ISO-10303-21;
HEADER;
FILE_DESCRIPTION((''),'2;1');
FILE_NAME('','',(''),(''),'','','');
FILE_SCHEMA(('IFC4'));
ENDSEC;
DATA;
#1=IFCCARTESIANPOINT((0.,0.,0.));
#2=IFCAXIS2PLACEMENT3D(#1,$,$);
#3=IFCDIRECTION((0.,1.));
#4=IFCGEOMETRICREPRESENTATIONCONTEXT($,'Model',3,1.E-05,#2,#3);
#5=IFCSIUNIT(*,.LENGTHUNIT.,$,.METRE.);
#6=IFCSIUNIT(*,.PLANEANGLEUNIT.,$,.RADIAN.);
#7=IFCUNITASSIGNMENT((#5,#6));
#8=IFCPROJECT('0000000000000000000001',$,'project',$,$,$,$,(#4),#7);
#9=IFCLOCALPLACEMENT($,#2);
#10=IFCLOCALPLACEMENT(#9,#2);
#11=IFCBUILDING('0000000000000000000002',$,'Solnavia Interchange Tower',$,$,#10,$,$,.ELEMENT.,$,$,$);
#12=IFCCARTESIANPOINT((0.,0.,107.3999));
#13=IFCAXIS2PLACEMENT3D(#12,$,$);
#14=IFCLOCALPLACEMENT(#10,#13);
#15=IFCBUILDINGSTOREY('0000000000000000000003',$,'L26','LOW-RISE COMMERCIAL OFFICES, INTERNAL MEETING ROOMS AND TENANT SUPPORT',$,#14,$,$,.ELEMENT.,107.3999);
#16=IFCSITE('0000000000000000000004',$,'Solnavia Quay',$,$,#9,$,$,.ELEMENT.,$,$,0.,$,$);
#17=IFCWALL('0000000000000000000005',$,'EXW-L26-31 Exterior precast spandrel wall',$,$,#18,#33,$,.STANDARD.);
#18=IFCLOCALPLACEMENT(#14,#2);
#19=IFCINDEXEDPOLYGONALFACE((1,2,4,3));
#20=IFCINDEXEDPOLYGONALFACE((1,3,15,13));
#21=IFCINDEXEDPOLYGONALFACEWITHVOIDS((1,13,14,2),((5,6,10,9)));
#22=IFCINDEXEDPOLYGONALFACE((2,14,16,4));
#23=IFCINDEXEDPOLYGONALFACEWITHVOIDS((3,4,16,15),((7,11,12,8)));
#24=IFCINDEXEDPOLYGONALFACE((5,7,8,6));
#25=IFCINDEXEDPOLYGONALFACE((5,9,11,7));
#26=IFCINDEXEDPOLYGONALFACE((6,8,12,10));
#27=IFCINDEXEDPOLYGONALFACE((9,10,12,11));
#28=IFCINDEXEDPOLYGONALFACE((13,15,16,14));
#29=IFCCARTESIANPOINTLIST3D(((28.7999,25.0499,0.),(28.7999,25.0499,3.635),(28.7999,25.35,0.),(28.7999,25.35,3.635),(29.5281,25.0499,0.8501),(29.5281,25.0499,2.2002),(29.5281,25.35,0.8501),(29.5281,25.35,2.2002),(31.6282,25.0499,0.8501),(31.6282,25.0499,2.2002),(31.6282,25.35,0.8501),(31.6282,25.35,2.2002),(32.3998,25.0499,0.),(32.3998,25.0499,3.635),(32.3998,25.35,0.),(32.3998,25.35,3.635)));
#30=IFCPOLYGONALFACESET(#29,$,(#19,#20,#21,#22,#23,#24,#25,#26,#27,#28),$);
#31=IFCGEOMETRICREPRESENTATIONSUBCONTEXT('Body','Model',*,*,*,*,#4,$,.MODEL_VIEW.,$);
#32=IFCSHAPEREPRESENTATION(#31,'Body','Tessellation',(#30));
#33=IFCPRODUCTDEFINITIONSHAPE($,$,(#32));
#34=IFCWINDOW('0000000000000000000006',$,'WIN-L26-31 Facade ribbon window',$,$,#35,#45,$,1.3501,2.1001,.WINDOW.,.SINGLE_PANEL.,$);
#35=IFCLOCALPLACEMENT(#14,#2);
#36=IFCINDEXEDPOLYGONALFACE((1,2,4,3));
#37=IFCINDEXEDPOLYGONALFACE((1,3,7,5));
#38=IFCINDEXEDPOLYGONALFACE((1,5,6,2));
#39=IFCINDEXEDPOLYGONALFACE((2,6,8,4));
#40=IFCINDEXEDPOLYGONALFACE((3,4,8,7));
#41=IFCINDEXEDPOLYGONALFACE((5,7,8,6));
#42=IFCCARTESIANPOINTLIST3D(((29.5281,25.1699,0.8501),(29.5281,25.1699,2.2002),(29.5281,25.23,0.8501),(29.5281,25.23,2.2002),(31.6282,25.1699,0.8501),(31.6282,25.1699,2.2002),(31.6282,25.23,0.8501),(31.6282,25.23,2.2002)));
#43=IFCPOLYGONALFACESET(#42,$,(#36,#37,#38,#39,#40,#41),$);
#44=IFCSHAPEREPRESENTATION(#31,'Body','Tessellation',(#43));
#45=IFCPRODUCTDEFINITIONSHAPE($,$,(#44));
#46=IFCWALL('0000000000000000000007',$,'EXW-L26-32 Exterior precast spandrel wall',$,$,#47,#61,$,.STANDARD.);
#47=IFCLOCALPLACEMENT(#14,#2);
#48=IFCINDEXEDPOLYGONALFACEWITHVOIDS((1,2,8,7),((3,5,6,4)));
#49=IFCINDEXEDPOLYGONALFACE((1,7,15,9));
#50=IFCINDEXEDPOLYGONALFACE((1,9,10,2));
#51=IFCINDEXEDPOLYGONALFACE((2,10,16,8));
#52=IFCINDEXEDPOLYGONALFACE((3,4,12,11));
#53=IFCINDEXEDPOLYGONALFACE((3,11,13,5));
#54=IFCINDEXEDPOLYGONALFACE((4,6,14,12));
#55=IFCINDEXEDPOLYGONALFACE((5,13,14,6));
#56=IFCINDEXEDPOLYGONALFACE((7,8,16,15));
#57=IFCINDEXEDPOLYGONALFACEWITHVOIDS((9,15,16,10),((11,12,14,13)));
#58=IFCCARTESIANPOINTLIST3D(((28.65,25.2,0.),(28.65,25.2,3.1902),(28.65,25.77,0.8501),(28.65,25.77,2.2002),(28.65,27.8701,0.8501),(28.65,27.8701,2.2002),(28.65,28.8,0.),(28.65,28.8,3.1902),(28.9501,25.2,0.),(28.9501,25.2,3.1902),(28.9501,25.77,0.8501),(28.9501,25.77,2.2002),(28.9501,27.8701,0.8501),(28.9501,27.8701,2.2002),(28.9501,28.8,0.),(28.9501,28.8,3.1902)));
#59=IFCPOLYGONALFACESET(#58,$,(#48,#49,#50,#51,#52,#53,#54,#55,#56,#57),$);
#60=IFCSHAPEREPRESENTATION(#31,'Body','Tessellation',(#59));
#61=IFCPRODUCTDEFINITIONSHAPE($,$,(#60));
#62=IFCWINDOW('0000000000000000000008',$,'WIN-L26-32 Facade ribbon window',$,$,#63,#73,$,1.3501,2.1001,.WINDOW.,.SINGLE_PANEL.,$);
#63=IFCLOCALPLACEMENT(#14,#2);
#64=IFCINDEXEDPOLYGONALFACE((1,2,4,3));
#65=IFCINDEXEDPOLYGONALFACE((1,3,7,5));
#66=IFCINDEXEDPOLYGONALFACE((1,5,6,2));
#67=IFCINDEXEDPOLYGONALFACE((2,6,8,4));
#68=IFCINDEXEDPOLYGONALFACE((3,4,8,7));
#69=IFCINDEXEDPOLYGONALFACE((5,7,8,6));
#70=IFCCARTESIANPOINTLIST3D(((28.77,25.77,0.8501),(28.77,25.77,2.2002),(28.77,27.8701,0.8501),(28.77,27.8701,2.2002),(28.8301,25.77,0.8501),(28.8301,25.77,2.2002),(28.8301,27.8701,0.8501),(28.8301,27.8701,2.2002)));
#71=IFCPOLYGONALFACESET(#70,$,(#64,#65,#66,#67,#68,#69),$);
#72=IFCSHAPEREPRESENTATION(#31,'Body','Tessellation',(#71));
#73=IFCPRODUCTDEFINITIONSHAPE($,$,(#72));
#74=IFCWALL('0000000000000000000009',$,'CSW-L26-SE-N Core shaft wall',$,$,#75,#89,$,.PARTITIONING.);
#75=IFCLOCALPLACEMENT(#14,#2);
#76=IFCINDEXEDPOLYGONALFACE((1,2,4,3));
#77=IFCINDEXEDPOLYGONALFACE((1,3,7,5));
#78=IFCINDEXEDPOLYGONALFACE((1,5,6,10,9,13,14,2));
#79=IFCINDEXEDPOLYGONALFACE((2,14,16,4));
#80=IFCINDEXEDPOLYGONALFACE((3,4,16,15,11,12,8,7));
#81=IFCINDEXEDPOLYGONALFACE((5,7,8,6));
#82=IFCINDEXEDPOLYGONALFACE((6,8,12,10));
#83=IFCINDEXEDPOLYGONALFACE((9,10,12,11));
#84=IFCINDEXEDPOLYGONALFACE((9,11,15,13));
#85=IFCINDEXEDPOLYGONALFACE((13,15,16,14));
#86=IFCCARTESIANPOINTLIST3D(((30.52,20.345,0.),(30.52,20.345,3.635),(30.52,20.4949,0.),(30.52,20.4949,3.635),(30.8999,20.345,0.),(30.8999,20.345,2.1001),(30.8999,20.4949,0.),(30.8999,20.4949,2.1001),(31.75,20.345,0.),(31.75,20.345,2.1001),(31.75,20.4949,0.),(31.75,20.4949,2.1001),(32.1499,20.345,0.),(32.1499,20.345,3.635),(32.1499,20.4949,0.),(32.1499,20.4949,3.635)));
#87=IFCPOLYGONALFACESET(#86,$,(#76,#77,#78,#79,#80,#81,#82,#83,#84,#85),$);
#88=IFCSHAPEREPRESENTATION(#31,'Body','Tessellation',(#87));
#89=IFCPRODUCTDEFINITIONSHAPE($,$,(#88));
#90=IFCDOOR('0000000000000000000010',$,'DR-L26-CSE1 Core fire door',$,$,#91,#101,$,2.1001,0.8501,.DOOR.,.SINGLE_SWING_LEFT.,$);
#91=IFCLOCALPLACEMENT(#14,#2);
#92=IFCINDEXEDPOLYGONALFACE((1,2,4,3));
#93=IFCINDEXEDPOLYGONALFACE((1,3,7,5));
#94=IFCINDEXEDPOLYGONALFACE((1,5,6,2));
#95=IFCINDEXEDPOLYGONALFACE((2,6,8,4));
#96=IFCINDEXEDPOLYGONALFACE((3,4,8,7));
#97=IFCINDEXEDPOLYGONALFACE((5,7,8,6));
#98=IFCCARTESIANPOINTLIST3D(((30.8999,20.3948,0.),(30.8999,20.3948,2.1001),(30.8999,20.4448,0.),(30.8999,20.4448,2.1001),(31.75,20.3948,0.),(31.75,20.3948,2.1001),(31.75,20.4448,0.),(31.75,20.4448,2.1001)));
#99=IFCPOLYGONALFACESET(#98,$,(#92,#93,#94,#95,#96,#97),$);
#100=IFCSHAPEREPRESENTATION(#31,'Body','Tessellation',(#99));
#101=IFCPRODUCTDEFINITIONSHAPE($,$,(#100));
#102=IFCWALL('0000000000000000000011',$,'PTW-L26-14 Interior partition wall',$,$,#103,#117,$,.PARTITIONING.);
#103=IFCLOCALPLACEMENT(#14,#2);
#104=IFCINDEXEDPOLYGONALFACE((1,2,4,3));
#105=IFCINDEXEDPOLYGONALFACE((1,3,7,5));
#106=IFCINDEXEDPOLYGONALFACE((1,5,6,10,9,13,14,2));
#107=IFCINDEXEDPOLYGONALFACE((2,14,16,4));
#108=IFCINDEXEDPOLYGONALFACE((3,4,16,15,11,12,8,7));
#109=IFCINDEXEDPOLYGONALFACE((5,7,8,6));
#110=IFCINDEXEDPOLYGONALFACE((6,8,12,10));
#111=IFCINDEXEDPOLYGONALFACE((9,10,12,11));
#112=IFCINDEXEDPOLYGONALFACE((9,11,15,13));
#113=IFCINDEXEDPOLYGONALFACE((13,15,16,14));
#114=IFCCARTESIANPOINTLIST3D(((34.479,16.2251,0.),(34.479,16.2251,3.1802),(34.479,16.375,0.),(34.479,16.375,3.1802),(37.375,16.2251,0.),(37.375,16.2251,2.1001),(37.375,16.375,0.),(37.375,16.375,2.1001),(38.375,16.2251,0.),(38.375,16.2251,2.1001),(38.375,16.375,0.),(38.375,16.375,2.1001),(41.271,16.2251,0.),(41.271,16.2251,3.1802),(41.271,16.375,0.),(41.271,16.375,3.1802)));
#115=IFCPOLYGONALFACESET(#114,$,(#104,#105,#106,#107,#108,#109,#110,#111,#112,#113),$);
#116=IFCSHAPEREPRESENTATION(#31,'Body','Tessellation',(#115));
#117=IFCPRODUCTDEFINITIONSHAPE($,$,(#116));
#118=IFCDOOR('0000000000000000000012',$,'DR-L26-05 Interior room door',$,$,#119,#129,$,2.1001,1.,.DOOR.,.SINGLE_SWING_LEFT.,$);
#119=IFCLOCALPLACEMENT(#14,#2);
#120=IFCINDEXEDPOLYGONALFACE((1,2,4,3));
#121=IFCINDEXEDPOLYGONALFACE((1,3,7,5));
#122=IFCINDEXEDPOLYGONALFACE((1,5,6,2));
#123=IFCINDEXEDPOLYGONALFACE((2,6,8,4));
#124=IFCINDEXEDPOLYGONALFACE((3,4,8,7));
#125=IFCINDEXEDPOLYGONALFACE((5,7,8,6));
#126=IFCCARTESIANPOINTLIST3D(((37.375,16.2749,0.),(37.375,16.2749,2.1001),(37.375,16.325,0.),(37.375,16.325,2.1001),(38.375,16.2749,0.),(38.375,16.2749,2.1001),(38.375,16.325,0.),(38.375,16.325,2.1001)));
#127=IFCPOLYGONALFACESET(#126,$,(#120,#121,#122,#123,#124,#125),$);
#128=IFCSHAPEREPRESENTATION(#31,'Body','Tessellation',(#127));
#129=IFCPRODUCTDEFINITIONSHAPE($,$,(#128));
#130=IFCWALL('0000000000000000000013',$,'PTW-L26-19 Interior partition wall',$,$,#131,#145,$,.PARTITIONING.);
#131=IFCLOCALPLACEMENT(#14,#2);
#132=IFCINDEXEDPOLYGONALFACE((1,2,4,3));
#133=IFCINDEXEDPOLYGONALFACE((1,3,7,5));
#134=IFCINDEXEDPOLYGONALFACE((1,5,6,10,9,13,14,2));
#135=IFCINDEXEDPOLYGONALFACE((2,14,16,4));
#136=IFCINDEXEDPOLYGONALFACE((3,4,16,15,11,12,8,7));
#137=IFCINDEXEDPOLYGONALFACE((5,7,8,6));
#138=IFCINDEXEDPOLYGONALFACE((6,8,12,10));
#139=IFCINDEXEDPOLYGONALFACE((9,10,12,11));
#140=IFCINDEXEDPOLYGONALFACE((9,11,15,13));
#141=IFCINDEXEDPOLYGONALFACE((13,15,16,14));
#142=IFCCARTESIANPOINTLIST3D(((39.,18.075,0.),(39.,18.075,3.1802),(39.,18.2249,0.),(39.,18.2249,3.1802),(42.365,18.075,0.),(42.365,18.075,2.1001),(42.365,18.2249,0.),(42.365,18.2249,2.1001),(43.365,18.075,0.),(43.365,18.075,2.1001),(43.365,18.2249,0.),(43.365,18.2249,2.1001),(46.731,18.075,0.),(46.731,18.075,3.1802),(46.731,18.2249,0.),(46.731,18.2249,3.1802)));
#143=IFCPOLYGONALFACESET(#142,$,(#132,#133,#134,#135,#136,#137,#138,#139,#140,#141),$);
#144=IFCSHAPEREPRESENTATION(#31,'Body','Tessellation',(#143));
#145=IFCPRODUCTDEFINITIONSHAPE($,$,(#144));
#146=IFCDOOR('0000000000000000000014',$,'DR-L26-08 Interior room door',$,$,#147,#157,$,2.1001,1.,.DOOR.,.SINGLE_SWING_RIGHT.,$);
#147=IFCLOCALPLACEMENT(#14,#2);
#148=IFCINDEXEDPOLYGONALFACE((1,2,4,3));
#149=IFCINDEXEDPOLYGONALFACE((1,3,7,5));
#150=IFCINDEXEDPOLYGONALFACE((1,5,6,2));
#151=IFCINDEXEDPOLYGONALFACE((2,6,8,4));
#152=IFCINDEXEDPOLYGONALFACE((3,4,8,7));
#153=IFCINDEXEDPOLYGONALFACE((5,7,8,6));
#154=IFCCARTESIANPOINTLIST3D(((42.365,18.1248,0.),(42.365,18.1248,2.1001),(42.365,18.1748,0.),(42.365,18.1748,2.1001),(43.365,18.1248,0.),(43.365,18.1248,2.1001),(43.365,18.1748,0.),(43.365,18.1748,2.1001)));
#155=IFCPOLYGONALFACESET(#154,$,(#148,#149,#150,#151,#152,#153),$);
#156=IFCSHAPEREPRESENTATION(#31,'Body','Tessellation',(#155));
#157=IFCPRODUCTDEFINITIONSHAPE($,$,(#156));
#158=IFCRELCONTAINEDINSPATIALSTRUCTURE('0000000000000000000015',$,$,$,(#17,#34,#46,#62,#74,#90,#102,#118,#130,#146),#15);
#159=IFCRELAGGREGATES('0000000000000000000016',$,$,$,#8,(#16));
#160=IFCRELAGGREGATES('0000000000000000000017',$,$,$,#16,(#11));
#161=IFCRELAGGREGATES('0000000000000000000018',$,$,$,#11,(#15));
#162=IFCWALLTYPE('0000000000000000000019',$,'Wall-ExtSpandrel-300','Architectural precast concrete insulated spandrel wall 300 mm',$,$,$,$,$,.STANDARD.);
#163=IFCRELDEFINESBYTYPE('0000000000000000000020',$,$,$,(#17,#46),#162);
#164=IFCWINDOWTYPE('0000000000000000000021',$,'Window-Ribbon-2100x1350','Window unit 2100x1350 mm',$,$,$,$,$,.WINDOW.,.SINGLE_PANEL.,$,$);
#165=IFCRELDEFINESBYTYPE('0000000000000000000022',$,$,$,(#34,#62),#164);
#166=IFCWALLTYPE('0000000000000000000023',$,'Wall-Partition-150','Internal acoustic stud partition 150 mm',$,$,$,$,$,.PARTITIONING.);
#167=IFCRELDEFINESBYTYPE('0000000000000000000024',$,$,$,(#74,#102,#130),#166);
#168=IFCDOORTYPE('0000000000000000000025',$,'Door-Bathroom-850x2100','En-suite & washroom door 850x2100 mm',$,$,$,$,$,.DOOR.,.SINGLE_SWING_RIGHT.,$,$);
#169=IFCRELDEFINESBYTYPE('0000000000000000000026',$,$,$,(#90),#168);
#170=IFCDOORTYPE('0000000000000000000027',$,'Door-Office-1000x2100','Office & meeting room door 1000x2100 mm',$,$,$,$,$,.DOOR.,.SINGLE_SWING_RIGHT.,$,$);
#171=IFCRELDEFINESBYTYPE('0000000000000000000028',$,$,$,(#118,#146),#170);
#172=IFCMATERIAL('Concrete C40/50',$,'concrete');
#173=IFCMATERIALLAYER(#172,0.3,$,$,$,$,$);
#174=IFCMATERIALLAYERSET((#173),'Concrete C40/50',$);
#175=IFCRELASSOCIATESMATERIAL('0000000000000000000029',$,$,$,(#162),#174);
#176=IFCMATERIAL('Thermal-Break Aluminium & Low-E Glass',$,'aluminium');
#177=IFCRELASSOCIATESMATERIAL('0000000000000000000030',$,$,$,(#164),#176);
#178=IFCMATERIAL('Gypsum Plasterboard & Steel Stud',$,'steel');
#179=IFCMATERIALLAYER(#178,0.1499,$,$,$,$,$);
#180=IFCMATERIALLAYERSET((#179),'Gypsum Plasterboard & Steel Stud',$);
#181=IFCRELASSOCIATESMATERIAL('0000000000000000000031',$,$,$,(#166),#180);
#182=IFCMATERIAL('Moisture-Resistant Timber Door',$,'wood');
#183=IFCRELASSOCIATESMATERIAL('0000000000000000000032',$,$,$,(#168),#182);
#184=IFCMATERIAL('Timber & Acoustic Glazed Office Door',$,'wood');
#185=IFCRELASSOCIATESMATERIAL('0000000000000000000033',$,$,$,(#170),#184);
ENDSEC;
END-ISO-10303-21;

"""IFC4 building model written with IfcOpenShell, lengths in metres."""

from ifc_helpers import new_model, si_unit, direction, frame, frame_2d, origin, place, context, subcontext, project, spatial, rectangle, extrude, material, layer, layer_set, type_object, element, fill, save


model = new_model("IFC4")

# Units and contexts
model_context = context("Model", 3, precision=1e-05, world=origin(), true_north=direction((0.0, 1.0)))
body_context = subcontext(model_context, "Body", "Model", "MODEL_VIEW")
ifc_project = project(units=[si_unit("LENGTHUNIT", "METRE"), si_unit("PLANEANGLEUNIT", "RADIAN")], contexts=[model_context])

# Site, building, storey
site_placement = place(None, origin())
site = spatial("IfcSite", under=ifc_project, at=site_placement, Name="Solnavia Quay", CompositionType="ELEMENT", RefElevation=0.0)
building_placement = place(site_placement, origin())
building = spatial("IfcBuilding", under=site, at=building_placement, Name="Solnavia Interchange Tower", CompositionType="ELEMENT")
storey_placement = place(building_placement, frame((0.0, 0.0, 107.3999)))
storey = spatial("IfcBuildingStorey", under=building, at=storey_placement, Name="L26", Description="LOW-RISE COMMERCIAL OFFICES, INTERNAL MEETING ROOMS AND TENANT SUPPORT", CompositionType="ELEMENT", Elevation=107.3999)

# Walls, openings, windows
ifc_material_1 = material(Name="Concrete C40/50", Category="concrete")
ifc_layer_1 = layer(ifc_material_1, 0.3)
ifc_layer_set_1 = layer_set([ifc_layer_1], Name="Concrete C40/50")
wall_type_1 = type_object("IfcWallType", Name="Wall-ExtSpandrel-300", Description="Architectural precast concrete insulated spandrel wall 300 mm", PredefinedType="STANDARD", material=ifc_layer_set_1)
wall_1_placement = place(storey_placement, frame((28.8, 25.2, 0.0), z_axis=(0.0, 0.0, 1.0), x_axis=(1.0, 0.0, 0.0)))
wall_1 = element("IfcWall", 1, at=wall_1_placement, inside=storey, type_object=wall_type_1, Name="EXW-L26-31 Exterior precast spandrel wall", PredefinedType="STANDARD", context=body_context, shape_type="SweptSolid", body=[
    extrude(rectangle(XDim=3.5999, YDim=0.3, at=frame_2d((1.7998, 0.0))), origin(), (0.0, 0.0, 1.0), 3.635),
])
opening_1_placement = place(wall_1_placement, frame((0.728, 0.0, 0.8501)))
opening_1 = element("IfcOpeningElement", 2, at=opening_1_placement, cuts=wall_1, PredefinedType="OPENING", context=body_context, shape_type="SweptSolid", body=[
    extrude(rectangle(XDim=2.1001, YDim=1.3501, at=frame_2d((1.05, 0.675))), frame((0.0, 0.1602, 0.0), z_axis=(0.0, -1.0, 0.0), x_axis=(1.0, 0.0, 0.0)), (0.0, 0.0, 1.0), 0.3201),
])
ifc_material_2 = material(Name="Thermal-Break Aluminium & Low-E Glass", Category="aluminium")
window_type = type_object("IfcWindowType", Name="Window-Ribbon-2100x1350", Description="Window unit 2100x1350 mm", PartitioningType="SINGLE_PANEL", PredefinedType="WINDOW", material=ifc_material_2)
window_1_placement = place(opening_1_placement, origin())
window_1 = element("IfcWindow", 3, at=window_1_placement, inside=storey, type_object=window_type, Name="WIN-L26-31 Facade ribbon window", OverallHeight=1.3501, OverallWidth=2.1001, PartitioningType="SINGLE_PANEL", PredefinedType="WINDOW", context=body_context, shape_type="SweptSolid", body=[
    extrude(rectangle(XDim=2.1001, YDim=1.3501, at=frame_2d((1.05, 0.675))), frame((0.0, 0.03, 0.0), z_axis=(0.0, -1.0, 0.0), x_axis=(1.0, 0.0, 0.0)), (0.0, 0.0, 1.0), 0.0601),
])
fill(opening_1, window_1)
wall_2_placement = place(storey_placement, frame((28.8, 25.2, 0.0), z_axis=(0.0, 0.0, 1.0), x_axis=(0.0, 1.0, 0.0)))
wall_2 = element("IfcWall", 4, at=wall_2_placement, inside=storey, type_object=wall_type_1, Name="EXW-L26-32 Exterior precast spandrel wall", PredefinedType="STANDARD", context=body_context, shape_type="SweptSolid", body=[
    extrude(rectangle(XDim=3.6001, YDim=0.3, at=frame_2d((1.8, 0.0))), origin(), (0.0, 0.0, 1.0), 3.1902),
])
opening_2_placement = place(wall_2_placement, frame((0.5701, 0.0, 0.8501)))
opening_2 = element("IfcOpeningElement", 5, at=opening_2_placement, cuts=wall_2, PredefinedType="OPENING", context=body_context, shape_type="SweptSolid", body=[
    extrude(rectangle(XDim=2.1001, YDim=1.3501, at=frame_2d((1.05, 0.675))), frame((0.0, 0.1602, 0.0), z_axis=(0.0, -1.0, 0.0), x_axis=(1.0, 0.0, 0.0)), (0.0, 0.0, 1.0), 0.3201),
])
window_2_placement = place(opening_2_placement, origin())
window_2 = element("IfcWindow", 6, at=window_2_placement, inside=storey, type_object=window_type, Name="WIN-L26-32 Facade ribbon window", OverallHeight=1.3501, OverallWidth=2.1001, PartitioningType="SINGLE_PANEL", PredefinedType="WINDOW", context=body_context, shape_type="SweptSolid", body=[
    extrude(rectangle(XDim=2.1001, YDim=1.3501, at=frame_2d((1.05, 0.675))), frame((0.0, 0.03, 0.0), z_axis=(0.0, -1.0, 0.0), x_axis=(1.0, 0.0, 0.0)), (0.0, 0.0, 1.0), 0.0601),
])
fill(opening_2, window_2)

# Walls, openings, doors
ifc_material_3 = material(Name="Gypsum Plasterboard & Steel Stud", Category="steel")
ifc_layer_2 = layer(ifc_material_3, 0.1499)
ifc_layer_set_2 = layer_set([ifc_layer_2], Name="Gypsum Plasterboard & Steel Stud")
wall_type_2 = type_object("IfcWallType", Name="Wall-Partition-150", Description="Internal acoustic stud partition 150 mm", PredefinedType="PARTITIONING", material=ifc_layer_set_2)
wall_3_placement = place(storey_placement, frame((30.52, 20.4199, 0.0), z_axis=(0.0, 0.0, 1.0), x_axis=(1.0, 0.0, 0.0)))
wall_3 = element("IfcWall", 7, at=wall_3_placement, inside=storey, type_object=wall_type_2, Name="CSW-L26-SE-N Core shaft wall", PredefinedType="PARTITIONING", context=body_context, shape_type="SweptSolid", body=[
    extrude(rectangle(XDim=1.6299, YDim=0.1499, at=frame_2d((0.8149, 0.0))), origin(), (0.0, 0.0, 1.0), 3.635),
])
opening_3_placement = place(wall_3_placement, frame((0.3799, 0.0, 0.0)))
opening_3 = element("IfcOpeningElement", 8, at=opening_3_placement, cuts=wall_3, PredefinedType="OPENING", context=body_context, shape_type="SweptSolid", body=[
    extrude(rectangle(XDim=0.8501, YDim=2.1001, at=frame_2d((0.425, 1.05))), frame((0.0, 0.085, 0.0), z_axis=(0.0, -1.0, 0.0), x_axis=(1.0, 0.0, 0.0)), (0.0, 0.0, 1.0), 0.1699),
])
ifc_material_4 = material(Name="Moisture-Resistant Timber Door", Category="wood")
door_type_1 = type_object("IfcDoorType", Name="Door-Bathroom-850x2100", Description="En-suite & washroom door 850x2100 mm", OperationType="SINGLE_SWING_RIGHT", PredefinedType="DOOR", material=ifc_material_4)
door_1_placement = place(opening_3_placement, origin())
door_1 = element("IfcDoor", 9, at=door_1_placement, inside=storey, type_object=door_type_1, Name="DR-L26-CSE1 Core fire door", OperationType="SINGLE_SWING_LEFT", OverallHeight=2.1001, OverallWidth=0.8501, PredefinedType="DOOR", context=body_context, shape_type="SweptSolid", body=[
    extrude(rectangle(XDim=0.8501, YDim=2.1001, at=frame_2d((0.425, 1.05))), frame((0.0, 0.0249, 0.0), z_axis=(0.0, -1.0, 0.0), x_axis=(1.0, 0.0, 0.0)), (0.0, 0.0, 1.0), 0.05),
])
fill(opening_3, door_1)
wall_4_placement = place(storey_placement, frame((34.479, 16.3, 0.0), z_axis=(0.0, 0.0, 1.0), x_axis=(1.0, 0.0, 0.0)))
wall_4 = element("IfcWall", 10, at=wall_4_placement, inside=storey, type_object=wall_type_2, Name="PTW-L26-14 Interior partition wall", PredefinedType="PARTITIONING", context=body_context, shape_type="SweptSolid", body=[
    extrude(rectangle(XDim=6.792, YDim=0.1499, at=frame_2d((3.396, 0.0))), origin(), (0.0, 0.0, 1.0), 3.1802),
])
opening_4_placement = place(wall_4_placement, frame((2.896, 0.0, 0.0)))
opening_4 = element("IfcOpeningElement", 11, at=opening_4_placement, cuts=wall_4, PredefinedType="OPENING", context=body_context, shape_type="SweptSolid", body=[
    extrude(rectangle(XDim=1.0, YDim=2.1001, at=frame_2d((0.5, 1.05))), frame((0.0, 0.085, 0.0), z_axis=(0.0, -1.0, 0.0), x_axis=(1.0, 0.0, 0.0)), (0.0, 0.0, 1.0), 0.1699),
])
ifc_material_5 = material(Name="Timber & Acoustic Glazed Office Door", Category="wood")
door_type_2 = type_object("IfcDoorType", Name="Door-Office-1000x2100", Description="Office & meeting room door 1000x2100 mm", OperationType="SINGLE_SWING_RIGHT", PredefinedType="DOOR", material=ifc_material_5)
door_2_placement = place(opening_4_placement, origin())
door_2 = element("IfcDoor", 12, at=door_2_placement, inside=storey, type_object=door_type_2, Name="DR-L26-05 Interior room door", OperationType="SINGLE_SWING_LEFT", OverallHeight=2.1001, OverallWidth=1.0, PredefinedType="DOOR", context=body_context, shape_type="SweptSolid", body=[
    extrude(rectangle(XDim=1.0, YDim=2.1001, at=frame_2d((0.5, 1.05))), frame((0.0, 0.0249, 0.0), z_axis=(0.0, -1.0, 0.0), x_axis=(1.0, 0.0, 0.0)), (0.0, 0.0, 1.0), 0.05),
])
fill(opening_4, door_2)
wall_5_placement = place(storey_placement, frame((39.0, 18.1499, 0.0), z_axis=(0.0, 0.0, 1.0), x_axis=(1.0, 0.0, 0.0)))
wall_5 = element("IfcWall", 13, at=wall_5_placement, inside=storey, type_object=wall_type_2, Name="PTW-L26-19 Interior partition wall", PredefinedType="PARTITIONING", context=body_context, shape_type="SweptSolid", body=[
    extrude(rectangle(XDim=7.731, YDim=0.1499, at=frame_2d((3.8655, 0.0))), origin(), (0.0, 0.0, 1.0), 3.1802),
])
opening_5_placement = place(wall_5_placement, frame((3.365, 0.0, 0.0)))
opening_5 = element("IfcOpeningElement", 14, at=opening_5_placement, cuts=wall_5, PredefinedType="OPENING", context=body_context, shape_type="SweptSolid", body=[
    extrude(rectangle(XDim=1.0, YDim=2.1001, at=frame_2d((0.5, 1.05))), frame((0.0, 0.085, 0.0), z_axis=(0.0, -1.0, 0.0), x_axis=(1.0, 0.0, 0.0)), (0.0, 0.0, 1.0), 0.1699),
])
door_3_placement = place(opening_5_placement, origin())
door_3 = element("IfcDoor", 15, at=door_3_placement, inside=storey, type_object=door_type_2, Name="DR-L26-08 Interior room door", OperationType="SINGLE_SWING_RIGHT", OverallHeight=2.1001, OverallWidth=1.0, PredefinedType="DOOR", context=body_context, shape_type="SweptSolid", body=[
    extrude(rectangle(XDim=1.0, YDim=2.1001, at=frame_2d((0.5, 1.05))), frame((0.0, 0.0249, 0.0), z_axis=(0.0, -1.0, 0.0), x_axis=(1.0, 0.0, 0.0)), (0.0, 0.0, 1.0), 0.05),
])
fill(opening_5, door_3)

save(model, "model.ifc")
